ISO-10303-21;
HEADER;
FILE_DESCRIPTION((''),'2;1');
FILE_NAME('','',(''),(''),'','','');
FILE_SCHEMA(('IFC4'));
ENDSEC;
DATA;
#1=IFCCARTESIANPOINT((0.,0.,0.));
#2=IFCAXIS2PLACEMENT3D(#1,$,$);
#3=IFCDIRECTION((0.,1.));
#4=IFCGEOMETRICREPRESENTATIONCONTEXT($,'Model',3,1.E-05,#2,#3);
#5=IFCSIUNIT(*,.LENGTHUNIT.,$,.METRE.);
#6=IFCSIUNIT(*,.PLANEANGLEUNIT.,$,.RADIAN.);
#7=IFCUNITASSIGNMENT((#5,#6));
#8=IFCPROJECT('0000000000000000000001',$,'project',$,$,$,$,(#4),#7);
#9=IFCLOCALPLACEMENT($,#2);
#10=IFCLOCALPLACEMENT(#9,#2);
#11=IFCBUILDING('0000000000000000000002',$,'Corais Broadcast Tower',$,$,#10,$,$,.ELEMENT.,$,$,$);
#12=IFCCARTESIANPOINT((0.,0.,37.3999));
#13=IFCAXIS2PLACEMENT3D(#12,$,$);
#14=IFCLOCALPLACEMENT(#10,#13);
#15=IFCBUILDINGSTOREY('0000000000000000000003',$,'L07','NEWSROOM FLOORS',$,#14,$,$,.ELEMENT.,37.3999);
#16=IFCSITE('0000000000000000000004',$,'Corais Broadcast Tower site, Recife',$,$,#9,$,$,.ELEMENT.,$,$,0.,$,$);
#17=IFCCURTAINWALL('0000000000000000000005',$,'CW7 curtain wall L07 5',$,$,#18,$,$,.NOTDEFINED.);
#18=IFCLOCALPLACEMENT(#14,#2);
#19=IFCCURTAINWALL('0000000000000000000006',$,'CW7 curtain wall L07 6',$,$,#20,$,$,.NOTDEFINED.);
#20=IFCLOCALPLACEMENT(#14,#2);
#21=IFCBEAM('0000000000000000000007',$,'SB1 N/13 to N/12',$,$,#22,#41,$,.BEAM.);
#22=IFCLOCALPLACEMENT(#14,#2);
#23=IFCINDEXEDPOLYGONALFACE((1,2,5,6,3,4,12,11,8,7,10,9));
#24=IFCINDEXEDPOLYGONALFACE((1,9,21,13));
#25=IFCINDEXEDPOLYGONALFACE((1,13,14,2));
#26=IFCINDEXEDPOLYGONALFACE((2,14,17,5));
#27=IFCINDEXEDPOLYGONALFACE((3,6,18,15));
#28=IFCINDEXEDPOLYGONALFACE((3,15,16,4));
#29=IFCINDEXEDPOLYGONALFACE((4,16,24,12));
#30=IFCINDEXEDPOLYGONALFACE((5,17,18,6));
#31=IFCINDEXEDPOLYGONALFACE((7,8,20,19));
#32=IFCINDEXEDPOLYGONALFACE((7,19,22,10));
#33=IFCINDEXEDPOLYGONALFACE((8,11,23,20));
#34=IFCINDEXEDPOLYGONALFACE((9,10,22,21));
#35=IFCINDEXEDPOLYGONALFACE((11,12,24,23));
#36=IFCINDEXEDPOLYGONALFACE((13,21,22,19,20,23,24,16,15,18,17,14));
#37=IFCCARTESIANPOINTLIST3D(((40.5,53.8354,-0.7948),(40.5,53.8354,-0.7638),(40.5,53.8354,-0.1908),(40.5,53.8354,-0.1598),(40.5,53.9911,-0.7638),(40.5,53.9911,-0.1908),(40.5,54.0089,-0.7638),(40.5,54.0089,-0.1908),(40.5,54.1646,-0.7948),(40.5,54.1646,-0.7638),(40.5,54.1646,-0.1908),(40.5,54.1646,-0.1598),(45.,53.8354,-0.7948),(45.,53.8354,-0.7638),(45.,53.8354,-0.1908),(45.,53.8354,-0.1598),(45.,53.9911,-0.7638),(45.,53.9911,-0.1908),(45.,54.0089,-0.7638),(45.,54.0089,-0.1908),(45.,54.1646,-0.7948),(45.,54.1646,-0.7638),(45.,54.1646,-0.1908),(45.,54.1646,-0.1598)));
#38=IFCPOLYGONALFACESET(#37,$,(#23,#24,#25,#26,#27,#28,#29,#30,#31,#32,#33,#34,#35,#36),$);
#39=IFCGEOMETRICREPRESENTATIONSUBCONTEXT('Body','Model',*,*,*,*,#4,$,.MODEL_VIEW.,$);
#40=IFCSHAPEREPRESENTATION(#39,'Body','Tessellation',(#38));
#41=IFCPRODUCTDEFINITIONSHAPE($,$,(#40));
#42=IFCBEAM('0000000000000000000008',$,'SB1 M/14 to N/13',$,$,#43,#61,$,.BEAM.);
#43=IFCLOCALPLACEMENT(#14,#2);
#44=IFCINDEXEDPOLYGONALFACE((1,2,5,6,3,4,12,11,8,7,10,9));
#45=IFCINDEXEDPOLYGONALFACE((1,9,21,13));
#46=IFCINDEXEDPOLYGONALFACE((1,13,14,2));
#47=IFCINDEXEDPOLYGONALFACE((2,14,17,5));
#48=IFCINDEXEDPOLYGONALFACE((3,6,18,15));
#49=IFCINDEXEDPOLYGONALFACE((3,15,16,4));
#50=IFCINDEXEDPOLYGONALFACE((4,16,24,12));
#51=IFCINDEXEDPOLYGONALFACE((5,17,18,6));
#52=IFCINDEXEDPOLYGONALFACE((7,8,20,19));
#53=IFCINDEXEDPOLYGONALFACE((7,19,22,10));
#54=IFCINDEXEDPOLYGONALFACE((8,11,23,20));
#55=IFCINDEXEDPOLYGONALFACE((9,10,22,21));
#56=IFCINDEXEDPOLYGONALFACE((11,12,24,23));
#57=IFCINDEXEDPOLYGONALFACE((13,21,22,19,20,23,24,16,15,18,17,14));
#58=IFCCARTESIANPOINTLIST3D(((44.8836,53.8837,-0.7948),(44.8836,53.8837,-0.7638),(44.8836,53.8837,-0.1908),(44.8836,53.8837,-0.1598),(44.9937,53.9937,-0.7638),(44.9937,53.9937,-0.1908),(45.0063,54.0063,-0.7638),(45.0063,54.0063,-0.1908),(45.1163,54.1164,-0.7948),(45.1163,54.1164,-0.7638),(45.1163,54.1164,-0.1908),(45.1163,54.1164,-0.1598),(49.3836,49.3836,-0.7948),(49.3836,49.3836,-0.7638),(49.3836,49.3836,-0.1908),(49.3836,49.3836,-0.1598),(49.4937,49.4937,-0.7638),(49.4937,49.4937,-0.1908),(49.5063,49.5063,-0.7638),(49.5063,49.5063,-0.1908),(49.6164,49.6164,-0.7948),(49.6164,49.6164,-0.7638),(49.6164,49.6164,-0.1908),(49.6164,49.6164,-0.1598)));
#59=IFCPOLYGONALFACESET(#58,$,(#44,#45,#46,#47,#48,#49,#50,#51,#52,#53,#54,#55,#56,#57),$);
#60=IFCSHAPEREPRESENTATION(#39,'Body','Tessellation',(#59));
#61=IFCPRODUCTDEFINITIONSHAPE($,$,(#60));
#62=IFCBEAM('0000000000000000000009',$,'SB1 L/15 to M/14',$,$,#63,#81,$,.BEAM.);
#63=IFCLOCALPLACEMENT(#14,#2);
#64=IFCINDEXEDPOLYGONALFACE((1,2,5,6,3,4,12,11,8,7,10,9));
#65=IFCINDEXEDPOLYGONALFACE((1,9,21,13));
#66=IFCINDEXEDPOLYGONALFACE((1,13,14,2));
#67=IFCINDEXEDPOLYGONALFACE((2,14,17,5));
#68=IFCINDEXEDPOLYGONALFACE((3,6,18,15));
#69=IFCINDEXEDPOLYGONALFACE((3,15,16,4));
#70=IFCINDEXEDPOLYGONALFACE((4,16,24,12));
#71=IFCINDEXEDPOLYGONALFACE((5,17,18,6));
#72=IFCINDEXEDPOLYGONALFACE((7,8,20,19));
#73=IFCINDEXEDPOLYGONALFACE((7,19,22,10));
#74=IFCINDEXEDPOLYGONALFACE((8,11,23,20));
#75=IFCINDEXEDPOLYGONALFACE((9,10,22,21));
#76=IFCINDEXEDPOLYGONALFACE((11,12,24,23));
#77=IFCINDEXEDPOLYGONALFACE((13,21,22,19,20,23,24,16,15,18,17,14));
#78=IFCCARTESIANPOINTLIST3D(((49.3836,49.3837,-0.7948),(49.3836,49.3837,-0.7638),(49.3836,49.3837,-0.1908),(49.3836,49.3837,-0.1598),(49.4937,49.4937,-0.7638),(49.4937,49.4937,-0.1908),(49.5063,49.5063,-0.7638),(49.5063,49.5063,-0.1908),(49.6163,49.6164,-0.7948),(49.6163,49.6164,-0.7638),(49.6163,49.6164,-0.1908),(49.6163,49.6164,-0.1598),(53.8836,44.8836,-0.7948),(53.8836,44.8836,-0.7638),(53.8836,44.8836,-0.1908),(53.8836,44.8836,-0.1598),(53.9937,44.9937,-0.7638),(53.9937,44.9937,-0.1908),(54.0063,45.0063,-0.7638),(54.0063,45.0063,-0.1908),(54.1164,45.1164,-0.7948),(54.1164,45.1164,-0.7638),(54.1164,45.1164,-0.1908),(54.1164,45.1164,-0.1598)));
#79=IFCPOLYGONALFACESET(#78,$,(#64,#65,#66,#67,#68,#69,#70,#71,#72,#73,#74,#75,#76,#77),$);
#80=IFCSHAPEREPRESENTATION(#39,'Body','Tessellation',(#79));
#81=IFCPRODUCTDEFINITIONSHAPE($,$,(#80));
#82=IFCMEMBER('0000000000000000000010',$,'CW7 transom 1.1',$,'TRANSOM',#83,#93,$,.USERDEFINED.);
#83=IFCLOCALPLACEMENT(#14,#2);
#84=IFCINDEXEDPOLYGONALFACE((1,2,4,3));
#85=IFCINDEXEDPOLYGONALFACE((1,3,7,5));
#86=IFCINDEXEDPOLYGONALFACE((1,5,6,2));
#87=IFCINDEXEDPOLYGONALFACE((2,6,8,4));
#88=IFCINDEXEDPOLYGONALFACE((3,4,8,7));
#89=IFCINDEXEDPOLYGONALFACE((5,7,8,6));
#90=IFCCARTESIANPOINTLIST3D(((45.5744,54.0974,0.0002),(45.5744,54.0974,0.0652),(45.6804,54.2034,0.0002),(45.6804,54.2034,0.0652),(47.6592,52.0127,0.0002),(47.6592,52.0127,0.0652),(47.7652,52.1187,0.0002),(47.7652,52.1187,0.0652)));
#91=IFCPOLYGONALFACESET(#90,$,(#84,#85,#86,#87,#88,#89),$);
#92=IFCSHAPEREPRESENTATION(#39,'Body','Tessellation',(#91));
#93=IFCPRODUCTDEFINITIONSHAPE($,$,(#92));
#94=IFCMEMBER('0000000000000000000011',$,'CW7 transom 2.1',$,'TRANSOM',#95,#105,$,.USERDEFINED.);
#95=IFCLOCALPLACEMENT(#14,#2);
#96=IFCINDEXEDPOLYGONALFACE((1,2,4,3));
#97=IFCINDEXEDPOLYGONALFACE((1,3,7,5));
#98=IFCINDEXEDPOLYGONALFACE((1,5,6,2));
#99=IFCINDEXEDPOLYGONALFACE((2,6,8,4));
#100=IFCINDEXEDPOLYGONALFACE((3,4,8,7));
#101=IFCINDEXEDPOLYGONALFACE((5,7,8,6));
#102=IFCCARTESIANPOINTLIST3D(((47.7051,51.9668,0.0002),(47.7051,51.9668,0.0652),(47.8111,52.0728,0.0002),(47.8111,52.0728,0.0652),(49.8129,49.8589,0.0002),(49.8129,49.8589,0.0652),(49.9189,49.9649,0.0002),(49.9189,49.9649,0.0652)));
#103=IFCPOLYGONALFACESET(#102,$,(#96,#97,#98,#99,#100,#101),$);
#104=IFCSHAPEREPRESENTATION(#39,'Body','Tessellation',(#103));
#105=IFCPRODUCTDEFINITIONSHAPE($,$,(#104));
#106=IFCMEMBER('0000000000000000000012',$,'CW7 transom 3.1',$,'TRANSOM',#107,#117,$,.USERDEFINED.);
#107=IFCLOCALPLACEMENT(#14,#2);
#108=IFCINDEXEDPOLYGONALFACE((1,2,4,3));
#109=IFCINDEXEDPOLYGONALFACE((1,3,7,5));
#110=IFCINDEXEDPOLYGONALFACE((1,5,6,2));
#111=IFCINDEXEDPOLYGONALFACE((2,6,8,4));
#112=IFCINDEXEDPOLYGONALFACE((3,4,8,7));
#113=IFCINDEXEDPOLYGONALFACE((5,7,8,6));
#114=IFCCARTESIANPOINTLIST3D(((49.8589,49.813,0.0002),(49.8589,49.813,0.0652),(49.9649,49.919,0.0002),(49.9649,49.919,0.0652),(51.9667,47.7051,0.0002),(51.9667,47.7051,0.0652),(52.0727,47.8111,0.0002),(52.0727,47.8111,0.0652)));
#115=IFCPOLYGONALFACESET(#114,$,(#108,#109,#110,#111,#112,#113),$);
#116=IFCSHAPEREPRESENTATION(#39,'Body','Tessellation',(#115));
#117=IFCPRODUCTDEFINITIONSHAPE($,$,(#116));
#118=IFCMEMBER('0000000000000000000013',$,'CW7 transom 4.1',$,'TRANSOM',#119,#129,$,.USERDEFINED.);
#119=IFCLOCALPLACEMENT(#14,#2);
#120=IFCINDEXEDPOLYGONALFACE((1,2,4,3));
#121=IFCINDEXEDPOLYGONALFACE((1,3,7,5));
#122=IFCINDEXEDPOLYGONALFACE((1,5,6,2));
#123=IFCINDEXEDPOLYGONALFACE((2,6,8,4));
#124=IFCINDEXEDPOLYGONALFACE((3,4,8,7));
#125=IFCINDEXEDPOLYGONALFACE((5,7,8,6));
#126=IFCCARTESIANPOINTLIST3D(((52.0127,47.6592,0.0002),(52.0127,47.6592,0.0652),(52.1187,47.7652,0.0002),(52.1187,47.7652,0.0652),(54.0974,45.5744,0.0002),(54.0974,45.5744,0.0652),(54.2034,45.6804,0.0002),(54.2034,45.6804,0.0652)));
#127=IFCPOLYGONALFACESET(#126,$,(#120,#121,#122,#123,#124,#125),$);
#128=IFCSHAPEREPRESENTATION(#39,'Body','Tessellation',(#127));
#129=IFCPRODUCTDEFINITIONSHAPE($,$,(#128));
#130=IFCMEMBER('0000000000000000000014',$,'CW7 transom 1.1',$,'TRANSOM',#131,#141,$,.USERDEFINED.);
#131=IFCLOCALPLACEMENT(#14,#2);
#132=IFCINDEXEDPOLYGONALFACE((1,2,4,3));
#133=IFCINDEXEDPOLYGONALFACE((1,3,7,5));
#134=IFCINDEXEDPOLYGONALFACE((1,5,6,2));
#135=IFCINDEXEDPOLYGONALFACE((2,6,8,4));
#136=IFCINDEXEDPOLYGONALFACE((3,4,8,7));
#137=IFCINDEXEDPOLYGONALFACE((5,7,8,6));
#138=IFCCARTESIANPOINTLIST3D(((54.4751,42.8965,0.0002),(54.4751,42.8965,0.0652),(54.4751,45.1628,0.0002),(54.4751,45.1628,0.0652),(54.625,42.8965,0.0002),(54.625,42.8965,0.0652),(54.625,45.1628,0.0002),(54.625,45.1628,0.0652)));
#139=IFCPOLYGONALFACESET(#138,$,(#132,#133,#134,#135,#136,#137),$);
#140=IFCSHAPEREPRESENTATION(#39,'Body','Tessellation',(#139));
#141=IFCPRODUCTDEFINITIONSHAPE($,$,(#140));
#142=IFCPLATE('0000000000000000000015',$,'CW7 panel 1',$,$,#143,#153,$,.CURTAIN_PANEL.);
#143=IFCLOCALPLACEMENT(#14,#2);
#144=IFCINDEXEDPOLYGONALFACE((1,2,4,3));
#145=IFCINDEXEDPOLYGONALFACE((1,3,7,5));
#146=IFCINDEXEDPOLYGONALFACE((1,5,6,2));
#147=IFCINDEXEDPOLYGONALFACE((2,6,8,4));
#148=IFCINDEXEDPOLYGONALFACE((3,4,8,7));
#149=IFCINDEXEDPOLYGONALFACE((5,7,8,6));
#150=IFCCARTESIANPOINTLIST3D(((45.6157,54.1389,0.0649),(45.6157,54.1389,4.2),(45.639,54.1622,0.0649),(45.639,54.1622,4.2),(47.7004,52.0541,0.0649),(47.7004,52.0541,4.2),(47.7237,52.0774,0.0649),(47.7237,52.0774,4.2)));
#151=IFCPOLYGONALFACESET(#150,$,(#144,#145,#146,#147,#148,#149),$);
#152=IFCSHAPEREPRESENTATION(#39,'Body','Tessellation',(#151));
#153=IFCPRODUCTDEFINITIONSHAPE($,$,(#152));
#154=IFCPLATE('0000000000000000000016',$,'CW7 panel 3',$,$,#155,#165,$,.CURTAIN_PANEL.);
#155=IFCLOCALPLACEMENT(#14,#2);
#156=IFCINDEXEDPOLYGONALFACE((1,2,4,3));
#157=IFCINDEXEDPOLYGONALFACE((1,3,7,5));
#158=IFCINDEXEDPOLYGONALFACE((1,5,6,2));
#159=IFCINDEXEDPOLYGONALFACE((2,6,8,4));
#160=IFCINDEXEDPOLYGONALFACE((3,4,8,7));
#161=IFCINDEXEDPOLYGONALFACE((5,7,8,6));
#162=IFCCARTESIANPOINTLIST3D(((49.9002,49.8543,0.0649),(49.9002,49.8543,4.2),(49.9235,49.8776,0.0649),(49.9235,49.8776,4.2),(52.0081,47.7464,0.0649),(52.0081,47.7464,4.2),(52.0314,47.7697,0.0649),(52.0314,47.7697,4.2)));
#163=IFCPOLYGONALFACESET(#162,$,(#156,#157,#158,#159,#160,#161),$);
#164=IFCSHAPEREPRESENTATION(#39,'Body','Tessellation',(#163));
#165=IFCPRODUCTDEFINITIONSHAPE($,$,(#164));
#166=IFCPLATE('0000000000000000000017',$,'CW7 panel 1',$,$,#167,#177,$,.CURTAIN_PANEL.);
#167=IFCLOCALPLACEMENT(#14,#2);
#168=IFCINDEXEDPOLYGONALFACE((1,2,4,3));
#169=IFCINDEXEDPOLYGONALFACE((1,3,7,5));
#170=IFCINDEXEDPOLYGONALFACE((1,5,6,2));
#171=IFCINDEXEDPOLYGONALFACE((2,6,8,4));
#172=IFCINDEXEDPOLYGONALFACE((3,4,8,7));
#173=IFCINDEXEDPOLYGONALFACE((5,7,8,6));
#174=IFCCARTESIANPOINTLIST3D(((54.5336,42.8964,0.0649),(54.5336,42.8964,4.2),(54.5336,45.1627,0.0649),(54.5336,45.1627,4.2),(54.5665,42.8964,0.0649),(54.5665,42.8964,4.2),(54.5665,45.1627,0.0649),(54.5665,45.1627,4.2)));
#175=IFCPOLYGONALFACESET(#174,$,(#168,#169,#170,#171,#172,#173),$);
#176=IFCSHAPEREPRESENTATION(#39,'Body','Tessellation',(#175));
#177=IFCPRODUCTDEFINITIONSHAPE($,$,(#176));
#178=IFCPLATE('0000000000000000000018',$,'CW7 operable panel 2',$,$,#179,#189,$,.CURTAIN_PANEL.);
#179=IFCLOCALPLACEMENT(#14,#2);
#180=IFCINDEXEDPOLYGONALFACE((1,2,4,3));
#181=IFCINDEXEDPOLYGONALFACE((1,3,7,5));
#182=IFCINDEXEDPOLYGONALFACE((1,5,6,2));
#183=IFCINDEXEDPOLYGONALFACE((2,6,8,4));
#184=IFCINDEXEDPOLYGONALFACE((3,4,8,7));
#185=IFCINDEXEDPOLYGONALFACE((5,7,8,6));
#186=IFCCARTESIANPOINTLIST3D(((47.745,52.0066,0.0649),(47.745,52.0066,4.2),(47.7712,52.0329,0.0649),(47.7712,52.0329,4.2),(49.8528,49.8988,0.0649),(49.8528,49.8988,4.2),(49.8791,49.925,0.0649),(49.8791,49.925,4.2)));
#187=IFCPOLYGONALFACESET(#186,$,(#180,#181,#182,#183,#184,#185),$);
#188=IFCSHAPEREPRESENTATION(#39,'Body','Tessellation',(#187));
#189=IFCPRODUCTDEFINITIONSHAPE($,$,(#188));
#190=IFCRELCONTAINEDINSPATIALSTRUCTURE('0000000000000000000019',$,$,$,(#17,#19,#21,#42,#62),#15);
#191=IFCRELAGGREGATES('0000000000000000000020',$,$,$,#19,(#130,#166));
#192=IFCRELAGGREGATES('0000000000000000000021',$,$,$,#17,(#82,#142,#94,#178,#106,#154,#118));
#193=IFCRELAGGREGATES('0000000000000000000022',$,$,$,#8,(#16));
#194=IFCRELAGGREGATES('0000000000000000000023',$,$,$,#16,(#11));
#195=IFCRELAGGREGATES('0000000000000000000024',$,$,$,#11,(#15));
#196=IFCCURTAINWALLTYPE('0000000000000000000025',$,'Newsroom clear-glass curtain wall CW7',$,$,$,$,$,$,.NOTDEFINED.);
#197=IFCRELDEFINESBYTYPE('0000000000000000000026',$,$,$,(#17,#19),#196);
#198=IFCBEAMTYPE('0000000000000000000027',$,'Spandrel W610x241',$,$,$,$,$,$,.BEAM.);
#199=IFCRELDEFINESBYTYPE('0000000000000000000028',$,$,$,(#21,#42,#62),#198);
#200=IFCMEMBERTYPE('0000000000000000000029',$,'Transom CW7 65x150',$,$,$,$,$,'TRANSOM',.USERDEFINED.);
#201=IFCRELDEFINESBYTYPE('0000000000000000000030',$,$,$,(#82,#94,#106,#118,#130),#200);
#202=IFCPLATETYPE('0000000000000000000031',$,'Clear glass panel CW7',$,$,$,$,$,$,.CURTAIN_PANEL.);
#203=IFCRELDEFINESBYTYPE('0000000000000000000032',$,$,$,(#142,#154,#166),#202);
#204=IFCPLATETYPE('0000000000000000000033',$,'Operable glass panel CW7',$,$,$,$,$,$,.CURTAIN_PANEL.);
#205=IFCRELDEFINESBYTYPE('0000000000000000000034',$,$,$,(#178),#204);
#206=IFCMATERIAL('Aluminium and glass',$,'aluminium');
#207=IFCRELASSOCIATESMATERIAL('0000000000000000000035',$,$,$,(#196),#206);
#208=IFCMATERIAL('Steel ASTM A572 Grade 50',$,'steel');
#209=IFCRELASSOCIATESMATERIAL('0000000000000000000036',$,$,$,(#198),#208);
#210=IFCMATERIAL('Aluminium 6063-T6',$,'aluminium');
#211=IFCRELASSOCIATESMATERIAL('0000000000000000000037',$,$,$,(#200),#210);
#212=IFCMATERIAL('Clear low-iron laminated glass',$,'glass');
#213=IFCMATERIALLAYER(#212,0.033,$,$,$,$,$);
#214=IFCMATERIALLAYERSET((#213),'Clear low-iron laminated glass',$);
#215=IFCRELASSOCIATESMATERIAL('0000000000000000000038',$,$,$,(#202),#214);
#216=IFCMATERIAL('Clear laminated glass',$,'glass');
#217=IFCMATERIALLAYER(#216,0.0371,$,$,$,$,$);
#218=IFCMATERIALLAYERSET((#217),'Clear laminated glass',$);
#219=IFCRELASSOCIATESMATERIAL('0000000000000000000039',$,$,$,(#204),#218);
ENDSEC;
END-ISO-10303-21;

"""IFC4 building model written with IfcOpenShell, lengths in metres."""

from ifc_helpers import new_model, si_unit, direction, frame, origin, origin_2d, place, context, subcontext, project, spatial, rectangle, i_section, extrude, material, layer, layer_set, material_profile, profile_set, type_object, element, aggregate, save


model = new_model("IFC4")

# Units and contexts
model_context = context("Model", 3, precision=1e-05, world=origin(), true_north=direction((0.0, 1.0)))
body_context = subcontext(model_context, "Body", "Model", "MODEL_VIEW")
ifc_project = project(units=[si_unit("LENGTHUNIT", "METRE"), si_unit("PLANEANGLEUNIT", "RADIAN")], contexts=[model_context])

# Site, building, storey
site_placement = place(None, origin())
site = spatial("IfcSite", under=ifc_project, at=site_placement, Name="Corais Broadcast Tower site, Recife", CompositionType="ELEMENT", RefElevation=0.0)
building_placement = place(site_placement, origin())
building = spatial("IfcBuilding", under=site, at=building_placement, Name="Corais Broadcast Tower", CompositionType="ELEMENT")
storey_placement = place(building_placement, frame((0.0, 0.0, 37.3999)))
storey = spatial("IfcBuildingStorey", under=building, at=storey_placement, Name="L07", Description="NEWSROOM FLOORS", CompositionType="ELEMENT", Elevation=37.3999)

# Shared definitions
ifc_material_1 = material(Name="Aluminium and glass", Category="aluminium")
curtain_wall_type = type_object("IfcCurtainWallType", Name="Newsroom clear-glass curtain wall CW7", PredefinedType="NOTDEFINED", material=ifc_material_1)

# Curtain wall
curtain_wall_1_placement = place(storey_placement, origin())
curtain_wall_1 = element("IfcCurtainWall", 1, at=curtain_wall_1_placement, inside=storey, type_object=curtain_wall_type, Name="CW7 curtain wall L07 5", PredefinedType="NOTDEFINED")

# Curtain wall
curtain_wall_2_placement = place(storey_placement, origin())
curtain_wall_2 = element("IfcCurtainWall", 2, at=curtain_wall_2_placement, inside=storey, type_object=curtain_wall_type, Name="CW7 curtain wall L07 6", PredefinedType="NOTDEFINED")

# Beams
ifc_material_2 = material(Name="Steel ASTM A572 Grade 50", Category="steel")
ifc_material_profile_1 = material_profile(ifc_material_2, i_section(OverallWidth=0.3291, OverallDepth=0.635, WebThickness=0.0178, FlangeThickness=0.031, at=origin_2d()), Name="W610x241")
ifc_profile_set_1 = profile_set([ifc_material_profile_1], Name="Steel ASTM A572 Grade 50")
beam_type_1 = type_object("IfcBeamType", Name="Spandrel W610x241", PredefinedType="BEAM", material=ifc_profile_set_1)
beam_1_placement = place(storey_placement, frame((45.0, 54.0, -0.4773), z_axis=(-1.0, 0.0, 0.0), x_axis=(0.0, -1.0, 0.0)))
element("IfcBeam", 3, at=beam_1_placement, inside=storey, type_object=beam_type_1, Name="SB1 N/13 to N/12", PredefinedType="BEAM", context=body_context, shape_type="SweptSolid", body=[
    extrude(i_section(OverallWidth=0.3291, OverallDepth=0.635, WebThickness=0.0178, FlangeThickness=0.031, at=origin_2d()), origin(), (0.0, 0.0, 1.0), 4.5),
])
for number, where, z_axis, x_axis, name in (
    (4, (49.5, 49.5, -0.4773), (-0.707107, 0.707107, 0.0), (-0.707107, -0.707107, 0.0), "SB1 M/14 to N/13"),
    (5, (54.0, 45.0, -0.4773), (-0.707107, 0.707107, 0.0), (-0.707107, -0.707107, 0.0), "SB1 L/15 to M/14"),
):
    element("IfcBeam", number, at=place(storey_placement, frame(where, z_axis=z_axis, x_axis=x_axis)), inside=storey, type_object=beam_type_1, Name=name, PredefinedType="BEAM", context=body_context, shape_type="SweptSolid", body=[
        extrude(i_section(OverallWidth=0.3291, OverallDepth=0.635, WebThickness=0.0178, FlangeThickness=0.031, at=origin_2d()), origin(), (0.0, 0.0, 1.0), 6.364),
    ])

# Members
ifc_material_3 = material(Name="Aluminium 6063-T6", Category="aluminium")
ifc_material_profile_2 = material_profile(ifc_material_3, rectangle(XDim=0.1499, YDim=0.0649, at=origin_2d()), Name="Transom CW7 65x150")
ifc_profile_set_2 = profile_set([ifc_material_profile_2], Name="Aluminium 6063-T6")
member_type_1 = type_object("IfcMemberType", Name="Transom CW7 65x150", ElementType="TRANSOM", PredefinedType="USERDEFINED", material=ifc_profile_set_2)
member_1_placement = place(storey_placement, frame((45.6274, 54.1504, 0.0327), z_axis=(0.707107, -0.707107, 0.0), x_axis=(0.707107, 0.707107, 0.0)))
member_1 = element("IfcMember", 6, at=member_1_placement, type_object=member_type_1, Name="CW7 transom 1.1", ObjectType="TRANSOM", PredefinedType="USERDEFINED", context=body_context, shape_type="SweptSolid", body=[
    extrude(rectangle(XDim=0.1499, YDim=0.0649, at=origin_2d()), origin(), (0.0, 0.0, 1.0), 2.9482),
])
member_2_placement = place(storey_placement, frame((47.7581, 52.0198, 0.0327), z_axis=(0.707107, -0.707107, 0.0), x_axis=(0.707107, 0.707107, 0.0)))
member_2 = element("IfcMember", 7, at=member_2_placement, type_object=member_type_1, Name="CW7 transom 2.1", ObjectType="TRANSOM", PredefinedType="USERDEFINED", context=body_context, shape_type="SweptSolid", body=[
    extrude(rectangle(XDim=0.1499, YDim=0.0649, at=origin_2d()), origin(), (0.0, 0.0, 1.0), 2.981),
])
member_3_placement = place(storey_placement, frame((49.9119, 49.866, 0.0327), z_axis=(0.707107, -0.707107, 0.0), x_axis=(0.707107, 0.707107, 0.0)))
member_3 = element("IfcMember", 8, at=member_3_placement, type_object=member_type_1, Name="CW7 transom 3.1", ObjectType="TRANSOM", PredefinedType="USERDEFINED", context=body_context, shape_type="SweptSolid", body=[
    extrude(rectangle(XDim=0.1499, YDim=0.0649, at=origin_2d()), origin(), (0.0, 0.0, 1.0), 2.981),
])
member_4_placement = place(storey_placement, frame((52.0657, 47.7122, 0.0327), z_axis=(0.707107, -0.707107, 0.0), x_axis=(0.707107, 0.707107, 0.0)))
member_4 = element("IfcMember", 9, at=member_4_placement, type_object=member_type_1, Name="CW7 transom 4.1", ObjectType="TRANSOM", PredefinedType="USERDEFINED", context=body_context, shape_type="SweptSolid", body=[
    extrude(rectangle(XDim=0.1499, YDim=0.0649, at=origin_2d()), origin(), (0.0, 0.0, 1.0), 2.9482),
])
member_5_placement = place(storey_placement, frame((54.55, 45.1628, 0.0327), z_axis=(0.0, -1.0, 0.0), x_axis=(1.0, 0.0, 0.0)))
member_5 = element("IfcMember", 10, at=member_5_placement, type_object=member_type_1, Name="CW7 transom 1.1", ObjectType="TRANSOM", PredefinedType="USERDEFINED", context=body_context, shape_type="SweptSolid", body=[
    extrude(rectangle(XDim=0.1499, YDim=0.0649, at=origin_2d()), origin(), (0.0, 0.0, 1.0), 2.2664),
])

# Plates
ifc_material_4 = material(Name="Clear low-iron laminated glass", Category="glass")
ifc_layer_1 = layer(ifc_material_4, 0.033)
ifc_layer_set_1 = layer_set([ifc_layer_1], Name="Clear low-iron laminated glass")
plate_type_1 = type_object("IfcPlateType", Name="Clear glass panel CW7", PredefinedType="CURTAIN_PANEL", material=ifc_layer_set_1)
plate_1_placement = place(storey_placement, frame((46.6697, 53.1082, 0.0649), z_axis=(0.0, 0.0, 1.0), x_axis=(0.707107, -0.707107, 0.0)))
plate_1 = element("IfcPlate", 11, at=plate_1_placement, type_object=plate_type_1, Name="CW7 panel 1", PredefinedType="CURTAIN_PANEL", context=body_context, shape_type="SweptSolid", body=[
    extrude(rectangle(XDim=2.9482, YDim=0.033, at=origin_2d()), origin(), (0.0, 0.0, 1.0), 4.135),
])
plate_2_placement = place(storey_placement, frame((50.9658, 48.812, 0.0649), z_axis=(0.0, 0.0, 1.0), x_axis=(0.707107, -0.707107, 0.0)))
plate_2 = element("IfcPlate", 12, at=plate_2_placement, type_object=plate_type_1, Name="CW7 panel 3", PredefinedType="CURTAIN_PANEL", context=body_context, shape_type="SweptSolid", body=[
    extrude(rectangle(XDim=2.981, YDim=0.033, at=origin_2d()), origin(), (0.0, 0.0, 1.0), 4.135),
])
plate_3_placement = place(storey_placement, frame((54.55, 44.0295, 0.0649), z_axis=(0.0, 0.0, 1.0), x_axis=(0.0, -1.0, 0.0)))
plate_3 = element("IfcPlate", 13, at=plate_3_placement, type_object=plate_type_1, Name="CW7 panel 1", PredefinedType="CURTAIN_PANEL", context=body_context, shape_type="SweptSolid", body=[
    extrude(rectangle(XDim=2.2664, YDim=0.033, at=origin_2d()), origin(), (0.0, 0.0, 1.0), 4.135),
])
aggregate(curtain_wall_2, [member_5, plate_3])
ifc_material_5 = material(Name="Clear laminated glass", Category="glass")
ifc_layer_2 = layer(ifc_material_5, 0.0371)
ifc_layer_set_2 = layer_set([ifc_layer_2], Name="Clear laminated glass")
plate_type_2 = type_object("IfcPlateType", Name="Operable glass panel CW7", PredefinedType="CURTAIN_PANEL", material=ifc_layer_set_2)
plate_4_placement = place(storey_placement, frame((48.812, 50.9658, 0.0649), z_axis=(0.0, 0.0, 1.0), x_axis=(0.707107, -0.707107, 0.0)))
plate_4 = element("IfcPlate", 14, at=plate_4_placement, type_object=plate_type_2, Name="CW7 operable panel 2", PredefinedType="CURTAIN_PANEL", context=body_context, shape_type="SweptSolid", body=[
    extrude(rectangle(XDim=2.981, YDim=0.0371, at=origin_2d()), origin(), (0.0, 0.0, 1.0), 4.135),
])
aggregate(curtain_wall_1, [member_1, plate_1, member_2, plate_4, member_3, plate_2, member_4])

save(model, "model.ifc")
